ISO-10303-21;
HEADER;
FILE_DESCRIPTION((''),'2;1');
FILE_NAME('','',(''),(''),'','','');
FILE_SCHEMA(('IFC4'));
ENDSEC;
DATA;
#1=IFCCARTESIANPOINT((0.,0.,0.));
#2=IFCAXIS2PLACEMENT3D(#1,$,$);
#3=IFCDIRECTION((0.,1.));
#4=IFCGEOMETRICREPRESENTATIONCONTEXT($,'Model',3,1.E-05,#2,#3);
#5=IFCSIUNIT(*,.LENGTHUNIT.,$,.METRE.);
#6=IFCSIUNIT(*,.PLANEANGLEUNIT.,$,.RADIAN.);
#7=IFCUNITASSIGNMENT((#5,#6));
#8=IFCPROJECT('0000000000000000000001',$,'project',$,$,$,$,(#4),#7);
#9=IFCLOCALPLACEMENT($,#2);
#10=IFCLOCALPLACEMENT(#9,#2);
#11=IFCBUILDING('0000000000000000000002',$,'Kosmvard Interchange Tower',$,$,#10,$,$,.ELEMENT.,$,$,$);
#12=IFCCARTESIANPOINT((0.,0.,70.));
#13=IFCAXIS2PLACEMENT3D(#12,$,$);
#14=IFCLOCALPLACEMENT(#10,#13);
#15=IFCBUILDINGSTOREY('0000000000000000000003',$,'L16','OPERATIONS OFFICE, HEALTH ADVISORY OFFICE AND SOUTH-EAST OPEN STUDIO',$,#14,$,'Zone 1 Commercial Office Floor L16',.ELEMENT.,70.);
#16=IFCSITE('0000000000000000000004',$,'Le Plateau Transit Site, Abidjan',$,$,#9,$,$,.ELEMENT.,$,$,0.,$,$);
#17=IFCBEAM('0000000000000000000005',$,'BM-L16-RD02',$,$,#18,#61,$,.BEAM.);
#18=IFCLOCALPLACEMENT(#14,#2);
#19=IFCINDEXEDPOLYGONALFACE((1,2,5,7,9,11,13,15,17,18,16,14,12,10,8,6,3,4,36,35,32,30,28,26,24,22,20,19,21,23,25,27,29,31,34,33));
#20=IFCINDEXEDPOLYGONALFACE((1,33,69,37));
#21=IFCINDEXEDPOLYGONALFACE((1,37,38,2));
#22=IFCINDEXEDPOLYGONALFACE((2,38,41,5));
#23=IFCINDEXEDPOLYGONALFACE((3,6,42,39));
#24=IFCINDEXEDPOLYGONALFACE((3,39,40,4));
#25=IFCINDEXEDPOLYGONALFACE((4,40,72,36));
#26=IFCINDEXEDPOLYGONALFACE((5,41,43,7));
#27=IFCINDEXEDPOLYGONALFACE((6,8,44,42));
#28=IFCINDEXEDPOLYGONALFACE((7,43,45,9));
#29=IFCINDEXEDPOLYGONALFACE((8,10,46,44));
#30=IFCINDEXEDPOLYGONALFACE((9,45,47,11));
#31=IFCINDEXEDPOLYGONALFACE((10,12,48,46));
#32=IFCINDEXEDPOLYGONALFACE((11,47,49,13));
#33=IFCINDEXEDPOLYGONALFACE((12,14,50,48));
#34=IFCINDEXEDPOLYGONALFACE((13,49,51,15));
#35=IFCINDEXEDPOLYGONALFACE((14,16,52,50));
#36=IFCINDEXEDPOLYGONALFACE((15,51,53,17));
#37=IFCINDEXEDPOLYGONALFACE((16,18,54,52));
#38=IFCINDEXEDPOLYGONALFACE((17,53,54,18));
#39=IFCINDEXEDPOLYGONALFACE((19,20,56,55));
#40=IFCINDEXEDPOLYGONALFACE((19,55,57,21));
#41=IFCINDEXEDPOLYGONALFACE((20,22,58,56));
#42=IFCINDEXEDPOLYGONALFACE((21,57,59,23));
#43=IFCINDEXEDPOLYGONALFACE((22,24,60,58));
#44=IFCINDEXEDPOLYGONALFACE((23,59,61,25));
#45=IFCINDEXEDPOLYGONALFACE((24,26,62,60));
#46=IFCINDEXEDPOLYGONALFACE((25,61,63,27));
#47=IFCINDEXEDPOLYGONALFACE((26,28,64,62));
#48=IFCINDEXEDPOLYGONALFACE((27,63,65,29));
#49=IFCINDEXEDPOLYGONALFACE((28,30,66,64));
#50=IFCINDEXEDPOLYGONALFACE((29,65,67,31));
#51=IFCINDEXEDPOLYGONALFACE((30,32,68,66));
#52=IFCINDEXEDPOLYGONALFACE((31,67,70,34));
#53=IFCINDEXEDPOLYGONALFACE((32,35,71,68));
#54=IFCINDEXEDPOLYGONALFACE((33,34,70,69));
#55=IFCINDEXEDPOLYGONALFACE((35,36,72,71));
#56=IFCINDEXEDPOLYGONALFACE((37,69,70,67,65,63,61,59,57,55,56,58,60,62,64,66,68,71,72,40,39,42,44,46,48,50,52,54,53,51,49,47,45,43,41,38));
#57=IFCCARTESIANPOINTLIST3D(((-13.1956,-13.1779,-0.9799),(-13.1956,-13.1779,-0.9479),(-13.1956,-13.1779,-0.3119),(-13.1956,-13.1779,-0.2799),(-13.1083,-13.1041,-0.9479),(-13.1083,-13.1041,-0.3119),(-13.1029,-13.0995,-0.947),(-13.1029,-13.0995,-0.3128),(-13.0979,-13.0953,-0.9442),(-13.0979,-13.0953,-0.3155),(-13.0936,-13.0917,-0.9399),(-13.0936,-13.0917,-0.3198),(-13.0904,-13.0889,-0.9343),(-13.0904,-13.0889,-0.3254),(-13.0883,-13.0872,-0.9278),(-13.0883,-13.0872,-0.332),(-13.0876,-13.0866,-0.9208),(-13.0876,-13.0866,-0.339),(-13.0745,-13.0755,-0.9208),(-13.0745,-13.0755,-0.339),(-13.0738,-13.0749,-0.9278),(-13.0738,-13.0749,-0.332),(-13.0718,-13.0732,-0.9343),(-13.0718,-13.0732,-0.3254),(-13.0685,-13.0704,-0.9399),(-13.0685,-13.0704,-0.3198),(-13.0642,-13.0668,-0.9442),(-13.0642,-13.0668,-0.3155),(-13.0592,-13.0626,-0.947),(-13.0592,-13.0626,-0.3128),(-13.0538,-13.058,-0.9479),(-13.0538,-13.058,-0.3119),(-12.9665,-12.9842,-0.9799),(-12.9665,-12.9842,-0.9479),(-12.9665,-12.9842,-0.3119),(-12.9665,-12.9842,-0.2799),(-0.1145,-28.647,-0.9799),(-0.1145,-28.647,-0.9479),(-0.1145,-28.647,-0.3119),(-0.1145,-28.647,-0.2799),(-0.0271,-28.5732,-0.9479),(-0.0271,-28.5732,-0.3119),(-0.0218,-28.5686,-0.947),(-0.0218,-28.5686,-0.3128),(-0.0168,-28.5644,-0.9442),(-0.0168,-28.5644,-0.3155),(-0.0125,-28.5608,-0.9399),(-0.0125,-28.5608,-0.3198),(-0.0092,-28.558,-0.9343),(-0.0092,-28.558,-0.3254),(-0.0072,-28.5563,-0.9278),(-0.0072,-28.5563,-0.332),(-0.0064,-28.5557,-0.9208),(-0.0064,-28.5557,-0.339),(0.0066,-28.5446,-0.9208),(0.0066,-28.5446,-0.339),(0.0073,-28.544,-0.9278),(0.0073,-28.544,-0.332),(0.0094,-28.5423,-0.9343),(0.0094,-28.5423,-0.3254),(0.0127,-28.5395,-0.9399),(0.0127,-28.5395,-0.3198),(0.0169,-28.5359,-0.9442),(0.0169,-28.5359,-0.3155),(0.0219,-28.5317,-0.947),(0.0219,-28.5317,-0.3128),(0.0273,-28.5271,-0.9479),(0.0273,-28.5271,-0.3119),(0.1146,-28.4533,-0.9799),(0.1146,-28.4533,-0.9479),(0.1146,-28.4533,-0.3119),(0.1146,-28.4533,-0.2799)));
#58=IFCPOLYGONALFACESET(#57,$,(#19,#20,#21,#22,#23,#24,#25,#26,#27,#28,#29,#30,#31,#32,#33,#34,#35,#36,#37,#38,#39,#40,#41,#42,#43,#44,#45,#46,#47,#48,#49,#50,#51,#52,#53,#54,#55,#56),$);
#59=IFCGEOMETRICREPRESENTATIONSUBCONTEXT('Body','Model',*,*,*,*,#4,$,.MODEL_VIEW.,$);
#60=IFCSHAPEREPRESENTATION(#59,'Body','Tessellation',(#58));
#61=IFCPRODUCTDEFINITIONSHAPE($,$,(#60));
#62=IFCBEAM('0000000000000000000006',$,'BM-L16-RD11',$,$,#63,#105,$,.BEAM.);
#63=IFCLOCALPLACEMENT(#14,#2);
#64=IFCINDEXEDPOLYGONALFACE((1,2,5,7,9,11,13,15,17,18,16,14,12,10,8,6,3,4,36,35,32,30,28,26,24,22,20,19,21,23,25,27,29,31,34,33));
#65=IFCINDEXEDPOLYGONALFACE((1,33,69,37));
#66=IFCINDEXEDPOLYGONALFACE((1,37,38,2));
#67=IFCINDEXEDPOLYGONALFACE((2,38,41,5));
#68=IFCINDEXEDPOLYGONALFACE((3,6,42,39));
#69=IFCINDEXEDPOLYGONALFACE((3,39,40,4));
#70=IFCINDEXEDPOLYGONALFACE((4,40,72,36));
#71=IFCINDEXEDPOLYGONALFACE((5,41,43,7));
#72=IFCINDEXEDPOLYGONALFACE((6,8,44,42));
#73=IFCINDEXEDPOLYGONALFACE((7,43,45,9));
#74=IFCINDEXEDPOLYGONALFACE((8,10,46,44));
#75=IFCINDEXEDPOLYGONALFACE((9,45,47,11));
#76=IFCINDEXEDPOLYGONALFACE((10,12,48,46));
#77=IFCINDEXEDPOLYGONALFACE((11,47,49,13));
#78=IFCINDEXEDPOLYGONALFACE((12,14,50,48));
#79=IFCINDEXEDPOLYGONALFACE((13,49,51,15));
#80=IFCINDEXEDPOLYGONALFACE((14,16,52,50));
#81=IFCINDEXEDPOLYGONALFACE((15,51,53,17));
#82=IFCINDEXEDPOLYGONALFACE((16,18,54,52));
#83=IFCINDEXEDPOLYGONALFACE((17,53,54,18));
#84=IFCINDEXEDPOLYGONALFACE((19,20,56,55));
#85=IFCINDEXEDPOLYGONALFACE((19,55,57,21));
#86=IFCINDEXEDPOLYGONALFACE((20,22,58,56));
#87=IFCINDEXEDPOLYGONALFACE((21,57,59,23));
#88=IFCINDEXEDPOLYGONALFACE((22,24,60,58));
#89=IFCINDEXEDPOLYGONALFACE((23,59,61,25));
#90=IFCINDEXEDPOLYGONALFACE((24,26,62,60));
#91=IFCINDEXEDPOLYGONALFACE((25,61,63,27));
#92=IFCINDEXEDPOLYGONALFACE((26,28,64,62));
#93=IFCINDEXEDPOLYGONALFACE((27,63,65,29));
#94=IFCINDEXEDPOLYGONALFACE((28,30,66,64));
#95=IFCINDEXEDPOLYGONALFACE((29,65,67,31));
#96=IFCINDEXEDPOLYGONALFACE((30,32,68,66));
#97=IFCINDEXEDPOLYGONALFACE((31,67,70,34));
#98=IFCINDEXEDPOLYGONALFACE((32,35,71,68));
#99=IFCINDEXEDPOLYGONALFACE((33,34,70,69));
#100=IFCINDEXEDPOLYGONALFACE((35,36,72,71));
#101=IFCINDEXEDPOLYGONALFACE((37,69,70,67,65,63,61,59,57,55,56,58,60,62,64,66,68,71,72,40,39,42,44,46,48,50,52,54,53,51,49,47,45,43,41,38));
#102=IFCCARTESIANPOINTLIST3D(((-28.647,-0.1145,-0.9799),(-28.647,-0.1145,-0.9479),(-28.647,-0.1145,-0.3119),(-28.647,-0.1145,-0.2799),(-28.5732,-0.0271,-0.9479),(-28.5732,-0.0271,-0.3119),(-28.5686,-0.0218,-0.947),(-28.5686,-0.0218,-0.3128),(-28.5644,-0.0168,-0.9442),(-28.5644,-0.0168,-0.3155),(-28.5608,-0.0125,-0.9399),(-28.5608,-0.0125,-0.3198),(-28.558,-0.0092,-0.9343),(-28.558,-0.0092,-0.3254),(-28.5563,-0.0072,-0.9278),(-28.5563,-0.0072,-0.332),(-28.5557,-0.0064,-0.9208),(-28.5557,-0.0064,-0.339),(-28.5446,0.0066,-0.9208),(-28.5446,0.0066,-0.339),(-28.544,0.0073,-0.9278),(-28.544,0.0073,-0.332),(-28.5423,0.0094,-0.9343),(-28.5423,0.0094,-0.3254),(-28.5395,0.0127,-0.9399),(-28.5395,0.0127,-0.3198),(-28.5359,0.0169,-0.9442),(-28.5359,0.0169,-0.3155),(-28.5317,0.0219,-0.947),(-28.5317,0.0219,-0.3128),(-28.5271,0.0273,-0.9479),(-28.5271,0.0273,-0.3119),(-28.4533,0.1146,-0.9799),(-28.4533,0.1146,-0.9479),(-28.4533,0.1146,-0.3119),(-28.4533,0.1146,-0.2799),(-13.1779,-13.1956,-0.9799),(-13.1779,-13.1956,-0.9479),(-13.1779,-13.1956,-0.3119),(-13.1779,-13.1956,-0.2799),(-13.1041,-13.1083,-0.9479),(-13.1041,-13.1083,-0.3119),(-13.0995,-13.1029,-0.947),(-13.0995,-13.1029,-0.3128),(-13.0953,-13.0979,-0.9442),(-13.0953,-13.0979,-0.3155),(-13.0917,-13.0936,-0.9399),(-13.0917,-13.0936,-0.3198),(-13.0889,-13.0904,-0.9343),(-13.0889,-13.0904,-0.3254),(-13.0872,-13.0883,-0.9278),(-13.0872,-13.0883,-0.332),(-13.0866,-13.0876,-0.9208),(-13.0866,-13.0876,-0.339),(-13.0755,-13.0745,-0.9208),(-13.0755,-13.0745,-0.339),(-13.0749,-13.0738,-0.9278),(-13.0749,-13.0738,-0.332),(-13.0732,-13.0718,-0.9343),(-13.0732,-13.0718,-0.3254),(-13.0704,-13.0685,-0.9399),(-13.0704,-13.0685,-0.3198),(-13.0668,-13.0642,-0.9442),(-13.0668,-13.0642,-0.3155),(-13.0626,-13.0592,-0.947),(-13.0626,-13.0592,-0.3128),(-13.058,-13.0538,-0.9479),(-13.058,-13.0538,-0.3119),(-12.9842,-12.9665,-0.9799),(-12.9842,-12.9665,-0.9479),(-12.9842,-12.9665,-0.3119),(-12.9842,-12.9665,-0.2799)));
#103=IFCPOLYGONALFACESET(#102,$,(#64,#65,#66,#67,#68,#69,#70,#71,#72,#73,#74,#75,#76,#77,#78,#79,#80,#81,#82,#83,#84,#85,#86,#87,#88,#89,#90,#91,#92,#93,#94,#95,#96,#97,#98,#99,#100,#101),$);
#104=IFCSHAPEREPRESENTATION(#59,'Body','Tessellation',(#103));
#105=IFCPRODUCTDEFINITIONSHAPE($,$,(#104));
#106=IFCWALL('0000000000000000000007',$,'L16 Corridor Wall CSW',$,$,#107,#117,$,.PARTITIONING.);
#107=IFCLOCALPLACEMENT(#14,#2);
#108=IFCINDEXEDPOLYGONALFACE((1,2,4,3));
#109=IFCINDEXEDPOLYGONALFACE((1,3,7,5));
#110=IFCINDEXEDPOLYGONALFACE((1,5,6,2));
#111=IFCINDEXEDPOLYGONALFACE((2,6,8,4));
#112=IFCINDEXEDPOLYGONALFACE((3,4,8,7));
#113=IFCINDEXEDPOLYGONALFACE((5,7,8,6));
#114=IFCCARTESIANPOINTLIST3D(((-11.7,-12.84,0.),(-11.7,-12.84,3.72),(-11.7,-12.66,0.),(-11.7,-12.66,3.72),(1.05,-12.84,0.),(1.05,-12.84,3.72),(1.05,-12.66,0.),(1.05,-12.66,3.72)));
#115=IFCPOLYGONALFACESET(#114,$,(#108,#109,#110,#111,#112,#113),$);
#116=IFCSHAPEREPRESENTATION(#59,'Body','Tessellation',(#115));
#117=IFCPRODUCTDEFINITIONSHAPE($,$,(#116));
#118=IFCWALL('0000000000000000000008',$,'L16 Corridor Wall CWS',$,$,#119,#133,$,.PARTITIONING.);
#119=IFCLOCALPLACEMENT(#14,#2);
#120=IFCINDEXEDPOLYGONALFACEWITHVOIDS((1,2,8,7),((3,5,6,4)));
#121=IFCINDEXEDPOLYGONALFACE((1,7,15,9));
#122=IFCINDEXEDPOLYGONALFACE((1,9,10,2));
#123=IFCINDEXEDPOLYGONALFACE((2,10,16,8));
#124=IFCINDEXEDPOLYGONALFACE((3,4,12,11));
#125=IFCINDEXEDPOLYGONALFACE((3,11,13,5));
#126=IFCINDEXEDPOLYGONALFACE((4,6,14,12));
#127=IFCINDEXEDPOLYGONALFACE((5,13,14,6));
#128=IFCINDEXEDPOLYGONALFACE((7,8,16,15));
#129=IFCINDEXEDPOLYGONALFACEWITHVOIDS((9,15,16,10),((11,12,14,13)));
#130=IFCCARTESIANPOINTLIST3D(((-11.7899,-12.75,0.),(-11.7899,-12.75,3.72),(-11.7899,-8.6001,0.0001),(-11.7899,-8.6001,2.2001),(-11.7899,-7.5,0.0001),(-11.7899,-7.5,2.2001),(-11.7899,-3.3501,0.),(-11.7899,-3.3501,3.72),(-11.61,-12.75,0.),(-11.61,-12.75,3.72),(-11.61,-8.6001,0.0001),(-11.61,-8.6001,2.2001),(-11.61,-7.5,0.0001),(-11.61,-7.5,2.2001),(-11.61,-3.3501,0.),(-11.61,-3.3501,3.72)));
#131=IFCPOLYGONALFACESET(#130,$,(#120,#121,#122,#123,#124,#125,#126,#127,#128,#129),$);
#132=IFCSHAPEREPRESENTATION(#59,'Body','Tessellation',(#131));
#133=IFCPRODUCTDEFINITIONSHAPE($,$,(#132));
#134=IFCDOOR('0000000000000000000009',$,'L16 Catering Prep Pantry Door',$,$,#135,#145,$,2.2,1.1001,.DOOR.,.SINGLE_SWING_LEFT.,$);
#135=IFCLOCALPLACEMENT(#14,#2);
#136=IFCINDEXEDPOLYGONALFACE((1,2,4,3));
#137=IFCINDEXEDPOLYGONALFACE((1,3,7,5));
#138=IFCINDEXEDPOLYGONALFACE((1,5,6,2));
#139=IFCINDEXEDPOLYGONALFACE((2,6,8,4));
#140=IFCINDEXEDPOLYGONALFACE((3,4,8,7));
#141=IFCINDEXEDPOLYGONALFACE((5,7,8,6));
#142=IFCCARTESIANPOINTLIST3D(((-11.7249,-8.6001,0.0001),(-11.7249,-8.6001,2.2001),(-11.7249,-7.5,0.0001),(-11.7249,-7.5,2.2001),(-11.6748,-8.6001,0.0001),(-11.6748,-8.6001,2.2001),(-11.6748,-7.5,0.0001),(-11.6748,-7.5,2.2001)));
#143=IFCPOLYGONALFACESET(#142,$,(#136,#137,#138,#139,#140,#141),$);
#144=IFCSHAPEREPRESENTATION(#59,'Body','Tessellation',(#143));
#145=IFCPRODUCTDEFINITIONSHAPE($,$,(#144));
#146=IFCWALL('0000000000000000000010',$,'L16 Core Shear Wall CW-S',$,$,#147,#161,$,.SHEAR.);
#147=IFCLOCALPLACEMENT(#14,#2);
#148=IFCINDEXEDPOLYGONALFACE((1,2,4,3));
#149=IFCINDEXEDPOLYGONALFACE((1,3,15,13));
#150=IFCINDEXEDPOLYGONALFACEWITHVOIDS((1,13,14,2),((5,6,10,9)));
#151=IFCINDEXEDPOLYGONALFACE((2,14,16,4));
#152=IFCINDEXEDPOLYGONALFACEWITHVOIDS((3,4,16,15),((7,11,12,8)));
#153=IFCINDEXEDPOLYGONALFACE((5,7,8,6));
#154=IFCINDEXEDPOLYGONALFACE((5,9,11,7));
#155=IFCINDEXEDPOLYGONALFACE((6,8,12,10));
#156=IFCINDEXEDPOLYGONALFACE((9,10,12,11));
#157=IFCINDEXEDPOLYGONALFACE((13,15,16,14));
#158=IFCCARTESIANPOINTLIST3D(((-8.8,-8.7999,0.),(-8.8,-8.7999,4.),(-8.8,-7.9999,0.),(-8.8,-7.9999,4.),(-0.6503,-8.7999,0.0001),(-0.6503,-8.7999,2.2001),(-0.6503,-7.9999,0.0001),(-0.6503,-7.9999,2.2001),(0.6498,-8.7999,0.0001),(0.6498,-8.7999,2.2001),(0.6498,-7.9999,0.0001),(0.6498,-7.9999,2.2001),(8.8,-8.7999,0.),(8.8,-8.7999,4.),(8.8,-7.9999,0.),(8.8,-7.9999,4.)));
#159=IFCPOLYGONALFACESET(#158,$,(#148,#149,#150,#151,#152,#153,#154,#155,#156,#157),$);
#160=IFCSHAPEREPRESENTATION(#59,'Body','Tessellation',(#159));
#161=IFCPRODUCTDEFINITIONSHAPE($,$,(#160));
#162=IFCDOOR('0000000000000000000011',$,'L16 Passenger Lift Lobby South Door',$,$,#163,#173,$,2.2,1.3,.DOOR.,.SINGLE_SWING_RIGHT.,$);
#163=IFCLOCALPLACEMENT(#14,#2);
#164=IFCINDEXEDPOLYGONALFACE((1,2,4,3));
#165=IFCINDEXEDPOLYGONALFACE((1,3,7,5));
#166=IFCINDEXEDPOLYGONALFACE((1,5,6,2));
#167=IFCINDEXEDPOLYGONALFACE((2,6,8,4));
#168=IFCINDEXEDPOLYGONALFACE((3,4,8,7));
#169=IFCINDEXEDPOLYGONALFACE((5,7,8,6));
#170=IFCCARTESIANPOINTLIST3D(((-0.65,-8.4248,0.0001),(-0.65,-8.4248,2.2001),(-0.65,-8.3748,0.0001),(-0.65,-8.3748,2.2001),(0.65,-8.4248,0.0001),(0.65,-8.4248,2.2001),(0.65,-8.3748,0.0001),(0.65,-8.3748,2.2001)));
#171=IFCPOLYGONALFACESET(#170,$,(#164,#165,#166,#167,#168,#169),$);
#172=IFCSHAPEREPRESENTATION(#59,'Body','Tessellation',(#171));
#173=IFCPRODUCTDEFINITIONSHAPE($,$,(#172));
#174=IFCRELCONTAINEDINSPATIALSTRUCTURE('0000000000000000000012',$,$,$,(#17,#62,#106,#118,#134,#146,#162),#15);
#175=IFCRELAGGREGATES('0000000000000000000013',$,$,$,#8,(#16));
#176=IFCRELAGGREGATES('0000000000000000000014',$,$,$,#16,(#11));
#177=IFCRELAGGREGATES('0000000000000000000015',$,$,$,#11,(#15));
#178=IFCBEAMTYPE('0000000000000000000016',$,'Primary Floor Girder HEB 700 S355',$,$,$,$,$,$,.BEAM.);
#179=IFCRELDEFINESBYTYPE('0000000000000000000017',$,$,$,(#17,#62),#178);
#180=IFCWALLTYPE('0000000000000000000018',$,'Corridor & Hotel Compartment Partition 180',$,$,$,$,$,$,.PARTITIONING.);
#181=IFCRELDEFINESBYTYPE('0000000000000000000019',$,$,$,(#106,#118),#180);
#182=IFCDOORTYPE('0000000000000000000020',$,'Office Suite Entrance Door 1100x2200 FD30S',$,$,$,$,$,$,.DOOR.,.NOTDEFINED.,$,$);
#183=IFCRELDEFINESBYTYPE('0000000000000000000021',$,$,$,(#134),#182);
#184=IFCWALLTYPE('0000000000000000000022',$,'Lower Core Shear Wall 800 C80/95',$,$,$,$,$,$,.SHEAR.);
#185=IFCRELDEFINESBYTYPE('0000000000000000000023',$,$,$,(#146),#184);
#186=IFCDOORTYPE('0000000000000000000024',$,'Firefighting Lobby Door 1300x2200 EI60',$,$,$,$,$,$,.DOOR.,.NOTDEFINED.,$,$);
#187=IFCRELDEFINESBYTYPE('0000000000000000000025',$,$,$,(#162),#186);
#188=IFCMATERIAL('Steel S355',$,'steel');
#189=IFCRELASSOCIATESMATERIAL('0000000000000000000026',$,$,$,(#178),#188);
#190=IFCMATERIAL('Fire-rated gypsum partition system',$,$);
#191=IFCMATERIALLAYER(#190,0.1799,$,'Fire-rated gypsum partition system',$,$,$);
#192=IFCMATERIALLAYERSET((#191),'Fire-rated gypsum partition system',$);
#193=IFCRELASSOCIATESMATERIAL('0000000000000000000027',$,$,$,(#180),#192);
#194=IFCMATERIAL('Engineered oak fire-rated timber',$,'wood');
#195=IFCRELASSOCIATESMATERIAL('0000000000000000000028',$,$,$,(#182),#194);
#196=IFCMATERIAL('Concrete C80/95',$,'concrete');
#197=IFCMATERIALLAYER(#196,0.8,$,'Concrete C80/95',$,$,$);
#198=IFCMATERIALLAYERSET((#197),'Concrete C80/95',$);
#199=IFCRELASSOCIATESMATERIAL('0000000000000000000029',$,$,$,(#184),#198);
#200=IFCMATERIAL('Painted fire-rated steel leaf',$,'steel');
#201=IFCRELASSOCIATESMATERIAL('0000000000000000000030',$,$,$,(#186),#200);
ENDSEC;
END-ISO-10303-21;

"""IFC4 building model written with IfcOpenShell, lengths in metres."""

from ifc_helpers import new_model, si_unit, direction, frame, frame_2d, origin, origin_2d, place, context, subcontext, project, spatial, rectangle, i_section, extrude, source, transform, mapped, material, layer, layer_set, material_profile, profile_set, type_object, element, fill, save


model = new_model("IFC4")

# Units and contexts
model_context = context("Model", 3, precision=1e-05, world=origin(), true_north=direction((0.0, 1.0)))
body_context = subcontext(model_context, "Body", "Model", "MODEL_VIEW")
ifc_project = project(units=[si_unit("LENGTHUNIT", "METRE"), si_unit("PLANEANGLEUNIT", "RADIAN")], contexts=[model_context])

# Site, building, storey
site_placement = place(None, origin())
site = spatial("IfcSite", under=ifc_project, at=site_placement, Name="Le Plateau Transit Site, Abidjan", CompositionType="ELEMENT", RefElevation=0.0)
building_placement = place(site_placement, origin())
building = spatial("IfcBuilding", under=site, at=building_placement, Name="Kosmvard Interchange Tower", CompositionType="ELEMENT")
storey_placement = place(building_placement, frame((0.0, 0.0, 70.0)))
storey = spatial("IfcBuildingStorey", under=building, at=storey_placement, Name="L16", Description="OPERATIONS OFFICE, HEALTH ADVISORY OFFICE AND SOUTH-EAST OPEN STUDIO", LongName="Zone 1 Commercial Office Floor L16", CompositionType="ELEMENT", Elevation=70.0)

# Shared definitions
ifc_material_1 = material(Name="Concrete C80/95", Category="concrete")

# Beams
ifc_material_2 = material(Name="Steel S355", Category="steel")
ifc_material_profile_1 = material_profile(ifc_material_2, i_section(OverallWidth=0.3, OverallDepth=0.7, WebThickness=0.0171, FlangeThickness=0.032, FilletRadius=0.0271, at=origin_2d()), Name="HEB 700")
ifc_profile_set_1 = profile_set([ifc_material_profile_1], Name="Steel S355")
beam_type_1 = type_object("IfcBeamType", Name="Primary Floor Girder HEB 700 S355", PredefinedType="BEAM", material=ifc_profile_set_1)
shared_shape_1 = source(origin(), body_context, "Body", "SweptSolid", [
    extrude(i_section(OverallWidth=0.3, OverallDepth=0.7, WebThickness=0.0171, FlangeThickness=0.032, FilletRadius=0.0271, at=origin_2d()), origin(), (0.0, 0.0, 1.0), 20.2585),
])
for number, where, z_axis, x_axis, name in (
    (1, (-13.0811, -13.0811, -0.6299), (0.645709, -0.763583, 0.0), (0.763583, 0.645709, 0.0), "BM-L16-RD02"),
    (2, (-13.0811, -13.0811, -0.6299), (-0.763583, 0.645709, 0.0), (-0.645709, -0.763583, 0.0), "BM-L16-RD11"),
):
    element("IfcBeam", number, at=place(storey_placement, frame(where, z_axis=z_axis, x_axis=x_axis)), inside=storey, type_object=beam_type_1, Name=name, PredefinedType="BEAM", context=body_context, shape_type="MappedRepresentation", body=[
        mapped(shared_shape_1, transform((0.0, 0.0, 0.0), scale=1.0)),
    ])

# Wall
ifc_material_3 = material(Name="Fire-rated gypsum partition system")
ifc_layer_1 = layer(ifc_material_3, 0.1799, Name="Fire-rated gypsum partition system")
ifc_layer_set_1 = layer_set([ifc_layer_1], Name="Fire-rated gypsum partition system")
wall_type_1 = type_object("IfcWallType", Name="Corridor & Hotel Compartment Partition 180", PredefinedType="PARTITIONING", material=ifc_layer_set_1)
wall_1_placement = place(storey_placement, frame((-11.7, -12.75, 0.0), z_axis=(0.0, 0.0, 1.0), x_axis=(1.0, 0.0, 0.0)))
element("IfcWall", 3, at=wall_1_placement, inside=storey, type_object=wall_type_1, Name="L16 Corridor Wall CSW", PredefinedType="PARTITIONING", context=body_context, shape_type="SweptSolid", body=[
    extrude(rectangle(XDim=12.75, YDim=0.1799, at=frame_2d((6.375, 0.0))), origin(), (0.0, 0.0, 1.0), 3.72),
])

# Walls, openings, doors
wall_2_placement = place(storey_placement, frame((-11.7, -12.75, 0.0), z_axis=(0.0, 0.0, 1.0), x_axis=(0.0, 1.0, 0.0)))
wall_2 = element("IfcWall", 4, at=wall_2_placement, inside=storey, type_object=wall_type_1, Name="L16 Corridor Wall CWS", PredefinedType="PARTITIONING", context=body_context, shape_type="SweptSolid", body=[
    extrude(rectangle(XDim=9.3999, YDim=0.1799, at=frame_2d((4.7, 0.0))), origin(), (0.0, 0.0, 1.0), 3.72),
])
opening_1_placement = place(wall_2_placement, frame((4.1499, 0.0, 0.0)))
opening_1 = element("IfcOpeningElement", 5, at=opening_1_placement, cuts=wall_2, PredefinedType="OPENING", context=body_context, shape_type="SweptSolid", body=[
    extrude(rectangle(XDim=1.1001, YDim=2.2, at=frame_2d((0.55, 1.1001))), frame((0.0, 0.1001, 0.0), z_axis=(0.0, -1.0, 0.0), x_axis=(1.0, 0.0, 0.0)), (0.0, 0.0, 1.0), 0.2),
])
ifc_material_4 = material(Name="Engineered oak fire-rated timber", Category="wood")
door_type_1 = type_object("IfcDoorType", Name="Office Suite Entrance Door 1100x2200 FD30S", OperationType="NOTDEFINED", PredefinedType="DOOR", material=ifc_material_4)
shared_shape_2 = source(origin(), body_context, "Body", "SweptSolid", [
    extrude(rectangle(XDim=1.1001, YDim=2.2, at=frame_2d((0.55, 1.1001))), frame((0.0, 0.0249, 0.0), z_axis=(0.0, -1.0, 0.0), x_axis=(1.0, 0.0, 0.0)), (0.0, 0.0, 1.0), 0.05),
])
door_1_placement = place(opening_1_placement, origin())
door_1 = element("IfcDoor", 6, at=door_1_placement, inside=storey, type_object=door_type_1, Name="L16 Catering Prep Pantry Door", OperationType="SINGLE_SWING_LEFT", OverallHeight=2.2, OverallWidth=1.1001, PredefinedType="DOOR", context=body_context, shape_type="MappedRepresentation", body=[
    mapped(shared_shape_2, transform((0.0, 0.0, 0.0), scale=1.0)),
])
fill(opening_1, door_1)
ifc_layer_2 = layer(ifc_material_1, 0.8, Name="Concrete C80/95")
ifc_layer_set_2 = layer_set([ifc_layer_2], Name="Concrete C80/95")
wall_type_2 = type_object("IfcWallType", Name="Lower Core Shear Wall 800 C80/95", PredefinedType="SHEAR", material=ifc_layer_set_2)
wall_3_placement = place(storey_placement, frame((-8.8, -8.3999, 0.0), z_axis=(0.0, 0.0, 1.0), x_axis=(1.0, 0.0, 0.0)))
wall_3 = element("IfcWall", 7, at=wall_3_placement, inside=storey, type_object=wall_type_2, Name="L16 Core Shear Wall CW-S", PredefinedType="SHEAR", context=body_context, shape_type="SweptSolid", body=[
    extrude(rectangle(XDim=17.6001, YDim=0.8, at=frame_2d((8.8, 0.0))), origin(), (0.0, 0.0, 1.0), 4.0),
])
opening_2_placement = place(wall_3_placement, frame((8.1499, 0.0, 0.0)))
opening_2 = element("IfcOpeningElement", 8, at=opening_2_placement, cuts=wall_3, PredefinedType="OPENING", context=body_context, shape_type="SweptSolid", body=[
    extrude(rectangle(XDim=1.3, YDim=2.2, at=frame_2d((0.6499, 1.1001))), frame((0.0, 0.4102, 0.0), z_axis=(0.0, -1.0, 0.0), x_axis=(1.0, 0.0, 0.0)), (0.0, 0.0, 1.0), 0.8201),
])
ifc_material_5 = material(Name="Painted fire-rated steel leaf", Category="steel")
door_type_2 = type_object("IfcDoorType", Name="Firefighting Lobby Door 1300x2200 EI60", OperationType="NOTDEFINED", PredefinedType="DOOR", material=ifc_material_5)
shared_shape_3 = source(origin(), body_context, "Body", "SweptSolid", [
    extrude(rectangle(XDim=1.3, YDim=2.2, at=frame_2d((0.6499, 1.1001))), frame((0.0, 0.0249, 0.0), z_axis=(0.0, -1.0, 0.0), x_axis=(1.0, 0.0, 0.0)), (0.0, 0.0, 1.0), 0.05),
])
door_2_placement = place(opening_2_placement, frame((1.3, 0.0, 0.0), z_axis=(0.0, 0.0, 1.0), x_axis=(-1.0, 0.0, 0.0)))
door_2 = element("IfcDoor", 9, at=door_2_placement, inside=storey, type_object=door_type_2, Name="L16 Passenger Lift Lobby South Door", OperationType="SINGLE_SWING_RIGHT", OverallHeight=2.2, OverallWidth=1.3, PredefinedType="DOOR", context=body_context, shape_type="MappedRepresentation", body=[
    mapped(shared_shape_3, transform((0.0, 0.0, 0.0), scale=1.0)),
])
fill(opening_2, door_2)

save(model, "model.ifc")
